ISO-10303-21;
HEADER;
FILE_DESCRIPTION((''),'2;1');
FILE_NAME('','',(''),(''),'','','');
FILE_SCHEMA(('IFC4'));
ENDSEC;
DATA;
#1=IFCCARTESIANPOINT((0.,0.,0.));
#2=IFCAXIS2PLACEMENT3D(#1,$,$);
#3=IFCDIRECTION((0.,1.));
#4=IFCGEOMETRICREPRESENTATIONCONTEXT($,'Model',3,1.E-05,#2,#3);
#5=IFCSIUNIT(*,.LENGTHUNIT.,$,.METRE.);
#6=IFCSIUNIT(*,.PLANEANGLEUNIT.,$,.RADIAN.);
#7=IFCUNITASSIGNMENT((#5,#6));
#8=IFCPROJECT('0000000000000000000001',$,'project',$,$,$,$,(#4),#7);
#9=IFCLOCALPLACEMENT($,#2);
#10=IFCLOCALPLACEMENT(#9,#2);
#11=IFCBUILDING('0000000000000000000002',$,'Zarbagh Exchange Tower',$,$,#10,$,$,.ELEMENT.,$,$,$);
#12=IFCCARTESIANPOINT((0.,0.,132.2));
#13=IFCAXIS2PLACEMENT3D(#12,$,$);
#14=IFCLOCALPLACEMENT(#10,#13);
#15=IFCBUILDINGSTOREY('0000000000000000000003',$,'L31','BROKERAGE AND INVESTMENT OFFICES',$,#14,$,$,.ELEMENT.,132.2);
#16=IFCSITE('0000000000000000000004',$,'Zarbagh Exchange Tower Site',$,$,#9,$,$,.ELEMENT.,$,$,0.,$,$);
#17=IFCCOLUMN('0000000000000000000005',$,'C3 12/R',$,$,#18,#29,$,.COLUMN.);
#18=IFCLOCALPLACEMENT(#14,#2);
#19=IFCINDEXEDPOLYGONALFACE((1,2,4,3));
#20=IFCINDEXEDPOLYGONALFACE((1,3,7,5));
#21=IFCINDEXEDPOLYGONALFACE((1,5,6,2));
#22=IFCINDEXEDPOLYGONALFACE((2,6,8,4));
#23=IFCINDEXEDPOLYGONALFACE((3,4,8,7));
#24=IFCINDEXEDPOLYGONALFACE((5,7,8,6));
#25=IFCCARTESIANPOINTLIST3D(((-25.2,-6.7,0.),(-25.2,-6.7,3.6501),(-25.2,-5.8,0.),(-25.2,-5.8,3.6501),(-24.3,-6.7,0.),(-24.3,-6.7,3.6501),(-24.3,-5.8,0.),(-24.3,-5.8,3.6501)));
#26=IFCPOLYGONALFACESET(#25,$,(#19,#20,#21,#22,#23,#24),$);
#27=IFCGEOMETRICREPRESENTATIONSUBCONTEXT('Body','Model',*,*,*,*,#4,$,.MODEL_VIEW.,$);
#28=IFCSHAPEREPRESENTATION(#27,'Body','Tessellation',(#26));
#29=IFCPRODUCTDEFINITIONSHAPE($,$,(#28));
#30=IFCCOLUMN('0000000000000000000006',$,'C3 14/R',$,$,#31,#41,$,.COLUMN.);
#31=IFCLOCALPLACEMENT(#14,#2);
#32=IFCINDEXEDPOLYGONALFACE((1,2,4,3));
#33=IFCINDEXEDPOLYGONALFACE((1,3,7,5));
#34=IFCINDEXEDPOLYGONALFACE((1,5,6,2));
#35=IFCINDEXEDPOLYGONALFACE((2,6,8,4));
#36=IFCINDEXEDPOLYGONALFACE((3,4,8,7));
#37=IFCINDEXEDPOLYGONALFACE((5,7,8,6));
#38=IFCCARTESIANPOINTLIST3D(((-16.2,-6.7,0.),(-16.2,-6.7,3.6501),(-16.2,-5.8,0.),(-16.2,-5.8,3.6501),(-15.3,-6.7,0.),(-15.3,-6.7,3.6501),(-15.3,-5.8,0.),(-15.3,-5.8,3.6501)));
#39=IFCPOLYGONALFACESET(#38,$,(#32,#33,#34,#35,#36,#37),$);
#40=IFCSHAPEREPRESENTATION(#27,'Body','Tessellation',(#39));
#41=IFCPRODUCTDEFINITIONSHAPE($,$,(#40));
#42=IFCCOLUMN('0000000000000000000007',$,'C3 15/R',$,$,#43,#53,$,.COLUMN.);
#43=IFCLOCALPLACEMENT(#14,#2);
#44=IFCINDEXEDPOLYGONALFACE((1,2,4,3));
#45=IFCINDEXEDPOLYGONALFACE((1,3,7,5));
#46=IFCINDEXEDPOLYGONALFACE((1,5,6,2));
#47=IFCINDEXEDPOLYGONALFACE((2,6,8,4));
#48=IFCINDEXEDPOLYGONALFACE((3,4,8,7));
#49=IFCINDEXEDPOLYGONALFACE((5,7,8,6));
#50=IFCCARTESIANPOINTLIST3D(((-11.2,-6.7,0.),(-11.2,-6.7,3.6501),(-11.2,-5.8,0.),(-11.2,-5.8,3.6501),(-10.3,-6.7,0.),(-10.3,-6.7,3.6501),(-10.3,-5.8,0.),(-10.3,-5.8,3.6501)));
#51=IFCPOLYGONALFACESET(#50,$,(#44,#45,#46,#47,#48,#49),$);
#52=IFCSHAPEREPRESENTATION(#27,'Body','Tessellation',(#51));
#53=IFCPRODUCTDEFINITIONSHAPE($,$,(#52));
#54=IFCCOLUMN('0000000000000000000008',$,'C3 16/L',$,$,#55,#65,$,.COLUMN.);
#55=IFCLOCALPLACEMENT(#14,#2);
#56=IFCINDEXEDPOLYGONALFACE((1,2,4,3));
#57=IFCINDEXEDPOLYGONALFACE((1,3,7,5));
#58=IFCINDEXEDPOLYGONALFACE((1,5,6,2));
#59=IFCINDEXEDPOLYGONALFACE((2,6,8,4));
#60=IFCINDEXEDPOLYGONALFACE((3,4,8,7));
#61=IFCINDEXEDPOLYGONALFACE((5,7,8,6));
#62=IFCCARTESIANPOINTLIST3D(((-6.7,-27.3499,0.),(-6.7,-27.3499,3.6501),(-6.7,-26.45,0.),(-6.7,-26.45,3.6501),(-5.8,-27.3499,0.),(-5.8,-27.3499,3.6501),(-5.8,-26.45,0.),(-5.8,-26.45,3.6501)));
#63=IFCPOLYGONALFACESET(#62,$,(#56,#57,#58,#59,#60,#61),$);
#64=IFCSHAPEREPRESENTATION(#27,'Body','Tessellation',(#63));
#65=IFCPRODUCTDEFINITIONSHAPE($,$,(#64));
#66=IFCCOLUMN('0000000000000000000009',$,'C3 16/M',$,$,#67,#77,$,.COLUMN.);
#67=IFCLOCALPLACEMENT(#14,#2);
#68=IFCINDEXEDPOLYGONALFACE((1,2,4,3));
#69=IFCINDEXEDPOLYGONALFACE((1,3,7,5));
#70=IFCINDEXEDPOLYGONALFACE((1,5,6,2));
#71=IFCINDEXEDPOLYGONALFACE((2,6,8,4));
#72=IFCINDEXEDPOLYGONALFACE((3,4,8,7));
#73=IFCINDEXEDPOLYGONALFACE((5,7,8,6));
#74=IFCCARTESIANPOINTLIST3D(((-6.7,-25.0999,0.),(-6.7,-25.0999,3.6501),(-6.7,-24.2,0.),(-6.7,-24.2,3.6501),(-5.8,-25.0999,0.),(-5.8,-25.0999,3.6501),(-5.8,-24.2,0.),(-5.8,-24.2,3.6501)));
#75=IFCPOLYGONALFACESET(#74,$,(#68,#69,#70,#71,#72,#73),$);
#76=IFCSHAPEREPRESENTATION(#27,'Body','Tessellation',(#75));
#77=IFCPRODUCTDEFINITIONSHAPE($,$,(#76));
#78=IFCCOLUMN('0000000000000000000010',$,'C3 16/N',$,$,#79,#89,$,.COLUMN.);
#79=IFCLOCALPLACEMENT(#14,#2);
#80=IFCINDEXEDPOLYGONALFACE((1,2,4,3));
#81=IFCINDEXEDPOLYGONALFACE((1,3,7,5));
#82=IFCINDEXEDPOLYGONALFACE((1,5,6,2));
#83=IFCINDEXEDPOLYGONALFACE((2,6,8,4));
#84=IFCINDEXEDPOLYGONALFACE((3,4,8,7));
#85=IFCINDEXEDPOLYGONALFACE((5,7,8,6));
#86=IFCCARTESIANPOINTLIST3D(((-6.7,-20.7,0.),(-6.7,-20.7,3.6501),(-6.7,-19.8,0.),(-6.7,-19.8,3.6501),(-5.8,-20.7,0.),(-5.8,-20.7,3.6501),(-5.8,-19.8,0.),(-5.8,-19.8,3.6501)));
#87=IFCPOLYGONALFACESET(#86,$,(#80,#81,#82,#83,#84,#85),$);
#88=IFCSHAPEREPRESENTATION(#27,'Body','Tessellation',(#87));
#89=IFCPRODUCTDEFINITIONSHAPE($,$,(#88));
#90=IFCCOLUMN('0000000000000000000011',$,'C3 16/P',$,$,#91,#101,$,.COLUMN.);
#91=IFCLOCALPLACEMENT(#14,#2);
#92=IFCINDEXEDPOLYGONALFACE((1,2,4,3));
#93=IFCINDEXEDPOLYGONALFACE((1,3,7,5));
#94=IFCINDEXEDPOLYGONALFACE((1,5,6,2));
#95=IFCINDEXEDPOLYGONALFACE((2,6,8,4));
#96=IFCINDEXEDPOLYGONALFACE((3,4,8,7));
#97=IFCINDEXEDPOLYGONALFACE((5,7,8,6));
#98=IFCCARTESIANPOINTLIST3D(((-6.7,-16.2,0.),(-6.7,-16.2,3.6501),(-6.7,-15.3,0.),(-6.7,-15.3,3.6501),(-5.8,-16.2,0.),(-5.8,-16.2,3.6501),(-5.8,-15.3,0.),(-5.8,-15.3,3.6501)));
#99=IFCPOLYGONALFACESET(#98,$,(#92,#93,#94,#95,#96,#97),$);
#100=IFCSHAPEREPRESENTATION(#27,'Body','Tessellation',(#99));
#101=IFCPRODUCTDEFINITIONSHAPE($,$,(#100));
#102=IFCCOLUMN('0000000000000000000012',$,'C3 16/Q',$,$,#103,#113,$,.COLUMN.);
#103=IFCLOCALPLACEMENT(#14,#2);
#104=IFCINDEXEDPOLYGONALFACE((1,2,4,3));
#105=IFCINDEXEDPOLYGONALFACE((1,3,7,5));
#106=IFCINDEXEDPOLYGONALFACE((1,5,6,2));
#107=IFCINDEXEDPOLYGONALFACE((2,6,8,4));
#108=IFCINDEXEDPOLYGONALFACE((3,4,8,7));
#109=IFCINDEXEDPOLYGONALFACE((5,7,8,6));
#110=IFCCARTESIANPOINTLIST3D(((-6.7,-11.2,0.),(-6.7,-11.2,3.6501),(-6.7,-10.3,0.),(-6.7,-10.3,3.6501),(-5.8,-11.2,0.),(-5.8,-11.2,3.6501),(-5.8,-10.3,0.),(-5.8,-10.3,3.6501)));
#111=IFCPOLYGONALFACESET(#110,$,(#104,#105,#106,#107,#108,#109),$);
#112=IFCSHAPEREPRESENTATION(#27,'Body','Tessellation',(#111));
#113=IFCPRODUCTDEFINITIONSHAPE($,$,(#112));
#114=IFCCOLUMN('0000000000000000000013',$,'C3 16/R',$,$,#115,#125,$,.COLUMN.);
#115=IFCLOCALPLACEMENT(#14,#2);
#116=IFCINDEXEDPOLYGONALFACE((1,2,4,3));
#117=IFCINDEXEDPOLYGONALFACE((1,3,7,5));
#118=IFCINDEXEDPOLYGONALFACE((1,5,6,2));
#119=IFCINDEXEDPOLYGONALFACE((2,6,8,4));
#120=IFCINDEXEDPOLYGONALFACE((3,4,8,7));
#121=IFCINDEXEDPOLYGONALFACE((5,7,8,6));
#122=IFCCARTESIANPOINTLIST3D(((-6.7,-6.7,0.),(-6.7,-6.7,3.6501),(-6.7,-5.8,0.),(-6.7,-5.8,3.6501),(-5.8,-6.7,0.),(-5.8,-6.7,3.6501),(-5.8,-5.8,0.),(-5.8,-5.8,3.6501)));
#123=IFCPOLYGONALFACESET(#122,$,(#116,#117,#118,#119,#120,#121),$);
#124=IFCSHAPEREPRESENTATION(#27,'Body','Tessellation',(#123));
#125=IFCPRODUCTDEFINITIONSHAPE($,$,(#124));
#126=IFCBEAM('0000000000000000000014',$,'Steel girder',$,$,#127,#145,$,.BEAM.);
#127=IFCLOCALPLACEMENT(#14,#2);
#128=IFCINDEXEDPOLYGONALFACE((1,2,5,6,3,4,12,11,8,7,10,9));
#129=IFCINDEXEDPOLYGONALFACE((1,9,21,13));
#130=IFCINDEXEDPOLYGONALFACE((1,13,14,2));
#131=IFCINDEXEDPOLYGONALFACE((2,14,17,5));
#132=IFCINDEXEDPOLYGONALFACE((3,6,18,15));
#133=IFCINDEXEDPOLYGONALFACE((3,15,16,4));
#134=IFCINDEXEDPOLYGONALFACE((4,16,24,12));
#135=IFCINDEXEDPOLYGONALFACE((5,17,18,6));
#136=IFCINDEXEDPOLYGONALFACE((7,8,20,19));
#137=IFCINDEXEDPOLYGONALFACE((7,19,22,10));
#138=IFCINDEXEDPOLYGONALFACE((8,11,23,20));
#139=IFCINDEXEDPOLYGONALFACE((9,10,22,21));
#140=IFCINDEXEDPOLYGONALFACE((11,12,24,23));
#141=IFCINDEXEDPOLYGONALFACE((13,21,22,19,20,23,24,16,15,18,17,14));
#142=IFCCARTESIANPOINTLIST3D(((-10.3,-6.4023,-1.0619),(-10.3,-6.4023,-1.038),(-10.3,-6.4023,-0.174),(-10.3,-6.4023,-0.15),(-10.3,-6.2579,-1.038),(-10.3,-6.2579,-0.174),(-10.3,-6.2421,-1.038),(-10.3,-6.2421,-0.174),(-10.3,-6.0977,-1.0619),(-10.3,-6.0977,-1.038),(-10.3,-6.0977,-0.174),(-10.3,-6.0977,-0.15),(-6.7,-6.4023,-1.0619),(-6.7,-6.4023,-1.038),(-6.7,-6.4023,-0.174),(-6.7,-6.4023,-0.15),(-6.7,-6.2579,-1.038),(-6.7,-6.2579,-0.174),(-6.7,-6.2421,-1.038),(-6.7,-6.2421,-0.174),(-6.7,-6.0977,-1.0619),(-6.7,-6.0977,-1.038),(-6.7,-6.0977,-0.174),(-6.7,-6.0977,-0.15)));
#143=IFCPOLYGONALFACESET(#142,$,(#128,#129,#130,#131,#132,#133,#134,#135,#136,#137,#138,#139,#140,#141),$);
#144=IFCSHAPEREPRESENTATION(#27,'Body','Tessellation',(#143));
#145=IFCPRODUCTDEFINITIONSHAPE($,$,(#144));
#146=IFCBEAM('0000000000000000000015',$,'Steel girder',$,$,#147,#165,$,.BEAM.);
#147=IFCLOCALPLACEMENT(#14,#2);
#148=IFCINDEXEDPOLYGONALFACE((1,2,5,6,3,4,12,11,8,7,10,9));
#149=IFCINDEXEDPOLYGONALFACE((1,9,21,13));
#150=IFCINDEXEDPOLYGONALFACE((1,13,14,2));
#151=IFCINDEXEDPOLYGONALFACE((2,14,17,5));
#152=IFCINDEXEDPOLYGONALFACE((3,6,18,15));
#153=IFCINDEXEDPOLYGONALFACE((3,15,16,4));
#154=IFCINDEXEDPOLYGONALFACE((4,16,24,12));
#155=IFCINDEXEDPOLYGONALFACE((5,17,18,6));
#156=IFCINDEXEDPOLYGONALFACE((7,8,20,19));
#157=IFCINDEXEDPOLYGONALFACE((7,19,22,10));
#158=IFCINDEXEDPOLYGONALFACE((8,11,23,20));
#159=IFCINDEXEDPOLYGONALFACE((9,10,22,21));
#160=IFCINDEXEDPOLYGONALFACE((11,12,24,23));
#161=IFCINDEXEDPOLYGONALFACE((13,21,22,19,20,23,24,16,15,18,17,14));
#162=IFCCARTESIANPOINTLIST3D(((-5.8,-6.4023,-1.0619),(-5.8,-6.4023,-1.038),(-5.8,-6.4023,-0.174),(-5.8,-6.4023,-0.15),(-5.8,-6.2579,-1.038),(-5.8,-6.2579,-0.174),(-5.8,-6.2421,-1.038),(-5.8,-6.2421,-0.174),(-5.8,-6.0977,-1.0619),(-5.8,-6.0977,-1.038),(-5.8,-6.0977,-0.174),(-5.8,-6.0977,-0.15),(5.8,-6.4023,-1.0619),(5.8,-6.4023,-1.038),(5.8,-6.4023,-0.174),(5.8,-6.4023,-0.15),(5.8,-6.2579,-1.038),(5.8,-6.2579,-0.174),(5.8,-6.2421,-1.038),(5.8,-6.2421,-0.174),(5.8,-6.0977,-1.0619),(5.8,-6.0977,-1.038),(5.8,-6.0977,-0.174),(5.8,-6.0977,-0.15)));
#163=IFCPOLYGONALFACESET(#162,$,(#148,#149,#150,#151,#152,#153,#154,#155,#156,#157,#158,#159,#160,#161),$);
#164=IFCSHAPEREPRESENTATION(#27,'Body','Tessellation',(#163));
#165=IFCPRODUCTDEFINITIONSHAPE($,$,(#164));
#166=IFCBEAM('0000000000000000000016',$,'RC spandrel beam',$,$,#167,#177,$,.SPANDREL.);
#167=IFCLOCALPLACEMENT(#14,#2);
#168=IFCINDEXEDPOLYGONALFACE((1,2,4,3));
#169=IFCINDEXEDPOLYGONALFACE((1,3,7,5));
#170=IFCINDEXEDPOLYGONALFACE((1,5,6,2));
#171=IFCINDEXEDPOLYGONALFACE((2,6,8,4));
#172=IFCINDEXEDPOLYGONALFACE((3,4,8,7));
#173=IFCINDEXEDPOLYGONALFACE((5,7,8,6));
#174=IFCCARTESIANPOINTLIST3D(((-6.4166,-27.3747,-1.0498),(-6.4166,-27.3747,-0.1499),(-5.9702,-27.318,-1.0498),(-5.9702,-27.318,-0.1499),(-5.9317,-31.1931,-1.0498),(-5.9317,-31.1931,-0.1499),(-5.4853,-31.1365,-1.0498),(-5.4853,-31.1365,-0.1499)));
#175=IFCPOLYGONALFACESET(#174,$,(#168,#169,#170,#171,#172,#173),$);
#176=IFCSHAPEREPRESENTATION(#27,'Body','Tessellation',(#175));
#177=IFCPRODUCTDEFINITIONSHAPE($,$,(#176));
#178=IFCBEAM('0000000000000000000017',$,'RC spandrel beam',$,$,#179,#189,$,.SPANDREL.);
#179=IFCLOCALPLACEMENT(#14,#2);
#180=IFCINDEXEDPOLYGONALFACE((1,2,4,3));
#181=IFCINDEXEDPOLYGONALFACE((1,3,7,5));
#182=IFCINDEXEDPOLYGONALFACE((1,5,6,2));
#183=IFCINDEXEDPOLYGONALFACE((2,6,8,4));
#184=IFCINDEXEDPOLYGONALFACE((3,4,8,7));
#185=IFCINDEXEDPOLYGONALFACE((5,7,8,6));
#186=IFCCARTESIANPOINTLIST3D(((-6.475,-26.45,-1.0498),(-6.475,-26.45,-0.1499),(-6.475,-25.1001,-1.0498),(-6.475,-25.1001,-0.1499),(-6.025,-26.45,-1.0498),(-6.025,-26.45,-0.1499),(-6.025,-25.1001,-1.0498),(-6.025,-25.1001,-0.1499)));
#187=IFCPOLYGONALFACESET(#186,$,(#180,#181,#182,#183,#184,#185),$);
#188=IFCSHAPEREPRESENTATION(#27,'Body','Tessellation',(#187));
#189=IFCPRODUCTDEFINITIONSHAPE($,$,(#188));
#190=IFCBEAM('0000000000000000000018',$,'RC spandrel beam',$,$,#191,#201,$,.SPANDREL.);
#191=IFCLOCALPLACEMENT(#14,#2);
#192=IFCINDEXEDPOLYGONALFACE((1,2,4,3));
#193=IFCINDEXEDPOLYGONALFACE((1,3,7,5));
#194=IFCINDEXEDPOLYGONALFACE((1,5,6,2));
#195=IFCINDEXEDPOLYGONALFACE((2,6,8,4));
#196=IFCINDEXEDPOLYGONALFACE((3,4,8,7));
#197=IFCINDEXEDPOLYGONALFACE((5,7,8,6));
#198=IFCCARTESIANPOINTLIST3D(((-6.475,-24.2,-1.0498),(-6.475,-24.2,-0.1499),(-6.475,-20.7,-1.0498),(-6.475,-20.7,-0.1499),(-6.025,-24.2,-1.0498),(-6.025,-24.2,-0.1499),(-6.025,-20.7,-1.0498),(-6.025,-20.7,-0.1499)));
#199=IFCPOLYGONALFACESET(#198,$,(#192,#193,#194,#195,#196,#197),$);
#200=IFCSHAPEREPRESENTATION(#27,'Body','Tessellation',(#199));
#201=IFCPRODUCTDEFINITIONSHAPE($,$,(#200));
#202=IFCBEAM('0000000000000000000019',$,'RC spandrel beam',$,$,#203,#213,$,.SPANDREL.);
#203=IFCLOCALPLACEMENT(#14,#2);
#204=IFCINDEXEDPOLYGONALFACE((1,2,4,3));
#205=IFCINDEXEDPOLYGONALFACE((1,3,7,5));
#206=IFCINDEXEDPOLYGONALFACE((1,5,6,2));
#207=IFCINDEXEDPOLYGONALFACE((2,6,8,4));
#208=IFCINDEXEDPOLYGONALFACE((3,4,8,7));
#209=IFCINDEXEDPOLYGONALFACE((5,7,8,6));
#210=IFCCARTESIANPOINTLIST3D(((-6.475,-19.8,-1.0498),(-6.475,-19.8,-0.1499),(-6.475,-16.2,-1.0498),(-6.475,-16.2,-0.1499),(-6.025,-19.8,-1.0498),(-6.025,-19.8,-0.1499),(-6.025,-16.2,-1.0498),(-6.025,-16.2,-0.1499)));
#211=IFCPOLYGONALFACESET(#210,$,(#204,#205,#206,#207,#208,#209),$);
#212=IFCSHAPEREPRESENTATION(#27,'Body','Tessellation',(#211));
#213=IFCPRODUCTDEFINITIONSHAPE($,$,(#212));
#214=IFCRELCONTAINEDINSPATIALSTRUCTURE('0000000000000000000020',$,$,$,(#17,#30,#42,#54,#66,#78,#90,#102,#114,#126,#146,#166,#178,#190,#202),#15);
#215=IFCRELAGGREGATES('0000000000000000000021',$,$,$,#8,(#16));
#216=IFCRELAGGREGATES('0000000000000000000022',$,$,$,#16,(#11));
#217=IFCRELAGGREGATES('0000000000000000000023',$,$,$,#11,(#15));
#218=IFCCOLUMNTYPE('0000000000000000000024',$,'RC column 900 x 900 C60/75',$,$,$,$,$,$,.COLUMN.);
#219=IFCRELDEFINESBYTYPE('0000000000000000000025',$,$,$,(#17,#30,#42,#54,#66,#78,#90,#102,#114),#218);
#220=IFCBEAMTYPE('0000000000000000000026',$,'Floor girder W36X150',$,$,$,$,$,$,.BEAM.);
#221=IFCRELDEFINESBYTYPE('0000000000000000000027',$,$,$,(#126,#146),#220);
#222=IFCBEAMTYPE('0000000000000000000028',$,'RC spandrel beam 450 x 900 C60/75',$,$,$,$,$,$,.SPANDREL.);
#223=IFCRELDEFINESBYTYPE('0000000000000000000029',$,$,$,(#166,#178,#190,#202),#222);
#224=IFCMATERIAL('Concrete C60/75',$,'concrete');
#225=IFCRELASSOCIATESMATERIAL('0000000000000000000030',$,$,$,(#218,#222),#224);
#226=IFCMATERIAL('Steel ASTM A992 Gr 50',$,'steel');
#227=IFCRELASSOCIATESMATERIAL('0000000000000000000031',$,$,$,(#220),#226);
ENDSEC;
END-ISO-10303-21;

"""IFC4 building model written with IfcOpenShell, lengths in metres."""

from ifc_helpers import new_model, si_unit, direction, frame, origin, origin_2d, place, context, subcontext, project, spatial, rectangle, i_section, extrude, material, material_profile, profile_set, type_object, element, save


model = new_model("IFC4")

# Units and contexts
model_context = context("Model", 3, precision=1e-05, world=origin(), true_north=direction((0.0, 1.0)))
body_context = subcontext(model_context, "Body", "Model", "MODEL_VIEW")
ifc_project = project(units=[si_unit("LENGTHUNIT", "METRE"), si_unit("PLANEANGLEUNIT", "RADIAN")], contexts=[model_context])

# Site, building, storey
site_placement = place(None, origin())
site = spatial("IfcSite", under=ifc_project, at=site_placement, Name="Zarbagh Exchange Tower Site", CompositionType="ELEMENT", RefElevation=0.0)
building_placement = place(site_placement, origin())
building = spatial("IfcBuilding", under=site, at=building_placement, Name="Zarbagh Exchange Tower", CompositionType="ELEMENT")
storey_placement = place(building_placement, frame((0.0, 0.0, 132.2)))
storey = spatial("IfcBuildingStorey", under=building, at=storey_placement, Name="L31", Description="BROKERAGE AND INVESTMENT OFFICES", CompositionType="ELEMENT", Elevation=132.2)

# Columns
ifc_material_1 = material(Name="Concrete C60/75", Category="concrete")
ifc_material_profile_1 = material_profile(ifc_material_1, rectangle(XDim=0.8999, YDim=0.8999, at=origin_2d()), Name="RC column 900 x 900 C60/75")
ifc_profile_set_1 = profile_set([ifc_material_profile_1], Name="Concrete C60/75")
column_type = type_object("IfcColumnType", Name="RC column 900 x 900 C60/75", PredefinedType="COLUMN", material=ifc_profile_set_1)
for number, where, z_axis, x_axis, name in (
    (1, (-24.75, -6.25, 0.0), (0.0, 0.0, 1.0), (1.0, 0.0, 0.0), "C3 12/R"),
    (2, (-15.75, -6.25, 0.0), (0.0, 0.0, 1.0), (1.0, 0.0, 0.0), "C3 14/R"),
    (3, (-10.75, -6.25, 0.0), (0.0, 0.0, 1.0), (1.0, 0.0, 0.0), "C3 15/R"),
    (4, (-6.25, -26.8999, 0.0), (0.0, 0.0, 1.0), (1.0, 0.0, 0.0), "C3 16/L"),
    (5, (-6.25, -24.6499, 0.0), (0.0, 0.0, 1.0), (1.0, 0.0, 0.0), "C3 16/M"),
    (6, (-6.25, -20.25, 0.0), (0.0, 0.0, 1.0), (1.0, 0.0, 0.0), "C3 16/N"),
    (7, (-6.25, -15.75, 0.0), (0.0, 0.0, 1.0), (1.0, 0.0, 0.0), "C3 16/P"),
    (8, (-6.25, -10.75, 0.0), (0.0, 0.0, 1.0), (1.0, 0.0, 0.0), "C3 16/Q"),
    (9, (-6.25, -6.25, 0.0), (0.0, 0.0, 1.0), (1.0, 0.0, 0.0), "C3 16/R"),
):
    element("IfcColumn", number, at=place(storey_placement, frame(where, z_axis=z_axis, x_axis=x_axis)), inside=storey, type_object=column_type, Name=name, PredefinedType="COLUMN", context=body_context, shape_type="SweptSolid", body=[
        extrude(rectangle(XDim=0.8999, YDim=0.8999, at=origin_2d()), origin(), (0.0, 0.0, 1.0), 3.6501),
    ])

# Beams
ifc_material_2 = material(Name="Steel ASTM A992 Gr 50", Category="steel")
ifc_material_profile_2 = material_profile(ifc_material_2, i_section(OverallWidth=0.3047, OverallDepth=0.9119, WebThickness=0.0159, FlangeThickness=0.0239, at=origin_2d()), Name="W36X150")
ifc_profile_set_2 = profile_set([ifc_material_profile_2], Name="Steel ASTM A992 Gr 50")
beam_type_1 = type_object("IfcBeamType", Name="Floor girder W36X150", PredefinedType="BEAM", material=ifc_profile_set_2)
beam_1_placement = place(storey_placement, frame((-10.3, -6.25, -0.606), z_axis=(1.0, 0.0, 0.0), x_axis=(0.0, 1.0, 0.0)))
element("IfcBeam", 10, at=beam_1_placement, inside=storey, type_object=beam_type_1, Name="Steel girder", PredefinedType="BEAM", context=body_context, shape_type="SweptSolid", body=[
    extrude(i_section(OverallWidth=0.3047, OverallDepth=0.9119, WebThickness=0.0159, FlangeThickness=0.0239, at=origin_2d()), origin(), (0.0, 0.0, 1.0), 3.6001),
])
beam_2_placement = place(storey_placement, frame((-5.8, -6.25, -0.606), z_axis=(1.0, 0.0, 0.0), x_axis=(0.0, 1.0, 0.0)))
element("IfcBeam", 11, at=beam_2_placement, inside=storey, type_object=beam_type_1, Name="Steel girder", PredefinedType="BEAM", context=body_context, shape_type="SweptSolid", body=[
    extrude(i_section(OverallWidth=0.3047, OverallDepth=0.9119, WebThickness=0.0159, FlangeThickness=0.0239, at=origin_2d()), origin(), (0.0, 0.0, 1.0), 11.6001),
])
ifc_material_profile_3 = material_profile(ifc_material_1, rectangle(XDim=0.45, YDim=0.8999, at=origin_2d()), Name="RC spandrel beam 450 x 900 C60/75")
ifc_profile_set_3 = profile_set([ifc_material_profile_3], Name="Concrete C60/75")
beam_type_2 = type_object("IfcBeamType", Name="RC spandrel beam 450 x 900 C60/75", PredefinedType="SPANDREL", material=ifc_profile_set_3)
beam_3_placement = place(storey_placement, frame((-5.7085, -31.1648, -0.5999), z_axis=(-0.125971, 0.992034, 0.0), x_axis=(-0.992034, -0.125971, 0.0)))
element("IfcBeam", 12, at=beam_3_placement, inside=storey, type_object=beam_type_2, Name="RC spandrel beam", PredefinedType="SPANDREL", context=body_context, shape_type="SweptSolid", body=[
    extrude(rectangle(XDim=0.45, YDim=0.8999, at=origin_2d()), origin(), (0.0, 0.0, 1.0), 3.8491),
])
beam_4_placement = place(storey_placement, frame((-6.25, -26.45, -0.5999), z_axis=(0.0, 1.0, 0.0), x_axis=(-1.0, 0.0, 0.0)))
element("IfcBeam", 13, at=beam_4_placement, inside=storey, type_object=beam_type_2, Name="RC spandrel beam", PredefinedType="SPANDREL", context=body_context, shape_type="SweptSolid", body=[
    extrude(rectangle(XDim=0.45, YDim=0.8999, at=origin_2d()), origin(), (0.0, 0.0, 1.0), 1.3499),
])
beam_5_placement = place(storey_placement, frame((-6.25, -24.2, -0.5999), z_axis=(0.0, 1.0, 0.0), x_axis=(-1.0, 0.0, 0.0)))
element("IfcBeam", 14, at=beam_5_placement, inside=storey, type_object=beam_type_2, Name="RC spandrel beam", PredefinedType="SPANDREL", context=body_context, shape_type="SweptSolid", body=[
    extrude(rectangle(XDim=0.45, YDim=0.8999, at=origin_2d()), origin(), (0.0, 0.0, 1.0), 3.5),
])
beam_6_placement = place(storey_placement, frame((-6.25, -19.8, -0.5999), z_axis=(0.0, 1.0, 0.0), x_axis=(-1.0, 0.0, 0.0)))
element("IfcBeam", 15, at=beam_6_placement, inside=storey, type_object=beam_type_2, Name="RC spandrel beam", PredefinedType="SPANDREL", context=body_context, shape_type="SweptSolid", body=[
    extrude(rectangle(XDim=0.45, YDim=0.8999, at=origin_2d()), origin(), (0.0, 0.0, 1.0), 3.6001),
])

save(model, "model.ifc")
